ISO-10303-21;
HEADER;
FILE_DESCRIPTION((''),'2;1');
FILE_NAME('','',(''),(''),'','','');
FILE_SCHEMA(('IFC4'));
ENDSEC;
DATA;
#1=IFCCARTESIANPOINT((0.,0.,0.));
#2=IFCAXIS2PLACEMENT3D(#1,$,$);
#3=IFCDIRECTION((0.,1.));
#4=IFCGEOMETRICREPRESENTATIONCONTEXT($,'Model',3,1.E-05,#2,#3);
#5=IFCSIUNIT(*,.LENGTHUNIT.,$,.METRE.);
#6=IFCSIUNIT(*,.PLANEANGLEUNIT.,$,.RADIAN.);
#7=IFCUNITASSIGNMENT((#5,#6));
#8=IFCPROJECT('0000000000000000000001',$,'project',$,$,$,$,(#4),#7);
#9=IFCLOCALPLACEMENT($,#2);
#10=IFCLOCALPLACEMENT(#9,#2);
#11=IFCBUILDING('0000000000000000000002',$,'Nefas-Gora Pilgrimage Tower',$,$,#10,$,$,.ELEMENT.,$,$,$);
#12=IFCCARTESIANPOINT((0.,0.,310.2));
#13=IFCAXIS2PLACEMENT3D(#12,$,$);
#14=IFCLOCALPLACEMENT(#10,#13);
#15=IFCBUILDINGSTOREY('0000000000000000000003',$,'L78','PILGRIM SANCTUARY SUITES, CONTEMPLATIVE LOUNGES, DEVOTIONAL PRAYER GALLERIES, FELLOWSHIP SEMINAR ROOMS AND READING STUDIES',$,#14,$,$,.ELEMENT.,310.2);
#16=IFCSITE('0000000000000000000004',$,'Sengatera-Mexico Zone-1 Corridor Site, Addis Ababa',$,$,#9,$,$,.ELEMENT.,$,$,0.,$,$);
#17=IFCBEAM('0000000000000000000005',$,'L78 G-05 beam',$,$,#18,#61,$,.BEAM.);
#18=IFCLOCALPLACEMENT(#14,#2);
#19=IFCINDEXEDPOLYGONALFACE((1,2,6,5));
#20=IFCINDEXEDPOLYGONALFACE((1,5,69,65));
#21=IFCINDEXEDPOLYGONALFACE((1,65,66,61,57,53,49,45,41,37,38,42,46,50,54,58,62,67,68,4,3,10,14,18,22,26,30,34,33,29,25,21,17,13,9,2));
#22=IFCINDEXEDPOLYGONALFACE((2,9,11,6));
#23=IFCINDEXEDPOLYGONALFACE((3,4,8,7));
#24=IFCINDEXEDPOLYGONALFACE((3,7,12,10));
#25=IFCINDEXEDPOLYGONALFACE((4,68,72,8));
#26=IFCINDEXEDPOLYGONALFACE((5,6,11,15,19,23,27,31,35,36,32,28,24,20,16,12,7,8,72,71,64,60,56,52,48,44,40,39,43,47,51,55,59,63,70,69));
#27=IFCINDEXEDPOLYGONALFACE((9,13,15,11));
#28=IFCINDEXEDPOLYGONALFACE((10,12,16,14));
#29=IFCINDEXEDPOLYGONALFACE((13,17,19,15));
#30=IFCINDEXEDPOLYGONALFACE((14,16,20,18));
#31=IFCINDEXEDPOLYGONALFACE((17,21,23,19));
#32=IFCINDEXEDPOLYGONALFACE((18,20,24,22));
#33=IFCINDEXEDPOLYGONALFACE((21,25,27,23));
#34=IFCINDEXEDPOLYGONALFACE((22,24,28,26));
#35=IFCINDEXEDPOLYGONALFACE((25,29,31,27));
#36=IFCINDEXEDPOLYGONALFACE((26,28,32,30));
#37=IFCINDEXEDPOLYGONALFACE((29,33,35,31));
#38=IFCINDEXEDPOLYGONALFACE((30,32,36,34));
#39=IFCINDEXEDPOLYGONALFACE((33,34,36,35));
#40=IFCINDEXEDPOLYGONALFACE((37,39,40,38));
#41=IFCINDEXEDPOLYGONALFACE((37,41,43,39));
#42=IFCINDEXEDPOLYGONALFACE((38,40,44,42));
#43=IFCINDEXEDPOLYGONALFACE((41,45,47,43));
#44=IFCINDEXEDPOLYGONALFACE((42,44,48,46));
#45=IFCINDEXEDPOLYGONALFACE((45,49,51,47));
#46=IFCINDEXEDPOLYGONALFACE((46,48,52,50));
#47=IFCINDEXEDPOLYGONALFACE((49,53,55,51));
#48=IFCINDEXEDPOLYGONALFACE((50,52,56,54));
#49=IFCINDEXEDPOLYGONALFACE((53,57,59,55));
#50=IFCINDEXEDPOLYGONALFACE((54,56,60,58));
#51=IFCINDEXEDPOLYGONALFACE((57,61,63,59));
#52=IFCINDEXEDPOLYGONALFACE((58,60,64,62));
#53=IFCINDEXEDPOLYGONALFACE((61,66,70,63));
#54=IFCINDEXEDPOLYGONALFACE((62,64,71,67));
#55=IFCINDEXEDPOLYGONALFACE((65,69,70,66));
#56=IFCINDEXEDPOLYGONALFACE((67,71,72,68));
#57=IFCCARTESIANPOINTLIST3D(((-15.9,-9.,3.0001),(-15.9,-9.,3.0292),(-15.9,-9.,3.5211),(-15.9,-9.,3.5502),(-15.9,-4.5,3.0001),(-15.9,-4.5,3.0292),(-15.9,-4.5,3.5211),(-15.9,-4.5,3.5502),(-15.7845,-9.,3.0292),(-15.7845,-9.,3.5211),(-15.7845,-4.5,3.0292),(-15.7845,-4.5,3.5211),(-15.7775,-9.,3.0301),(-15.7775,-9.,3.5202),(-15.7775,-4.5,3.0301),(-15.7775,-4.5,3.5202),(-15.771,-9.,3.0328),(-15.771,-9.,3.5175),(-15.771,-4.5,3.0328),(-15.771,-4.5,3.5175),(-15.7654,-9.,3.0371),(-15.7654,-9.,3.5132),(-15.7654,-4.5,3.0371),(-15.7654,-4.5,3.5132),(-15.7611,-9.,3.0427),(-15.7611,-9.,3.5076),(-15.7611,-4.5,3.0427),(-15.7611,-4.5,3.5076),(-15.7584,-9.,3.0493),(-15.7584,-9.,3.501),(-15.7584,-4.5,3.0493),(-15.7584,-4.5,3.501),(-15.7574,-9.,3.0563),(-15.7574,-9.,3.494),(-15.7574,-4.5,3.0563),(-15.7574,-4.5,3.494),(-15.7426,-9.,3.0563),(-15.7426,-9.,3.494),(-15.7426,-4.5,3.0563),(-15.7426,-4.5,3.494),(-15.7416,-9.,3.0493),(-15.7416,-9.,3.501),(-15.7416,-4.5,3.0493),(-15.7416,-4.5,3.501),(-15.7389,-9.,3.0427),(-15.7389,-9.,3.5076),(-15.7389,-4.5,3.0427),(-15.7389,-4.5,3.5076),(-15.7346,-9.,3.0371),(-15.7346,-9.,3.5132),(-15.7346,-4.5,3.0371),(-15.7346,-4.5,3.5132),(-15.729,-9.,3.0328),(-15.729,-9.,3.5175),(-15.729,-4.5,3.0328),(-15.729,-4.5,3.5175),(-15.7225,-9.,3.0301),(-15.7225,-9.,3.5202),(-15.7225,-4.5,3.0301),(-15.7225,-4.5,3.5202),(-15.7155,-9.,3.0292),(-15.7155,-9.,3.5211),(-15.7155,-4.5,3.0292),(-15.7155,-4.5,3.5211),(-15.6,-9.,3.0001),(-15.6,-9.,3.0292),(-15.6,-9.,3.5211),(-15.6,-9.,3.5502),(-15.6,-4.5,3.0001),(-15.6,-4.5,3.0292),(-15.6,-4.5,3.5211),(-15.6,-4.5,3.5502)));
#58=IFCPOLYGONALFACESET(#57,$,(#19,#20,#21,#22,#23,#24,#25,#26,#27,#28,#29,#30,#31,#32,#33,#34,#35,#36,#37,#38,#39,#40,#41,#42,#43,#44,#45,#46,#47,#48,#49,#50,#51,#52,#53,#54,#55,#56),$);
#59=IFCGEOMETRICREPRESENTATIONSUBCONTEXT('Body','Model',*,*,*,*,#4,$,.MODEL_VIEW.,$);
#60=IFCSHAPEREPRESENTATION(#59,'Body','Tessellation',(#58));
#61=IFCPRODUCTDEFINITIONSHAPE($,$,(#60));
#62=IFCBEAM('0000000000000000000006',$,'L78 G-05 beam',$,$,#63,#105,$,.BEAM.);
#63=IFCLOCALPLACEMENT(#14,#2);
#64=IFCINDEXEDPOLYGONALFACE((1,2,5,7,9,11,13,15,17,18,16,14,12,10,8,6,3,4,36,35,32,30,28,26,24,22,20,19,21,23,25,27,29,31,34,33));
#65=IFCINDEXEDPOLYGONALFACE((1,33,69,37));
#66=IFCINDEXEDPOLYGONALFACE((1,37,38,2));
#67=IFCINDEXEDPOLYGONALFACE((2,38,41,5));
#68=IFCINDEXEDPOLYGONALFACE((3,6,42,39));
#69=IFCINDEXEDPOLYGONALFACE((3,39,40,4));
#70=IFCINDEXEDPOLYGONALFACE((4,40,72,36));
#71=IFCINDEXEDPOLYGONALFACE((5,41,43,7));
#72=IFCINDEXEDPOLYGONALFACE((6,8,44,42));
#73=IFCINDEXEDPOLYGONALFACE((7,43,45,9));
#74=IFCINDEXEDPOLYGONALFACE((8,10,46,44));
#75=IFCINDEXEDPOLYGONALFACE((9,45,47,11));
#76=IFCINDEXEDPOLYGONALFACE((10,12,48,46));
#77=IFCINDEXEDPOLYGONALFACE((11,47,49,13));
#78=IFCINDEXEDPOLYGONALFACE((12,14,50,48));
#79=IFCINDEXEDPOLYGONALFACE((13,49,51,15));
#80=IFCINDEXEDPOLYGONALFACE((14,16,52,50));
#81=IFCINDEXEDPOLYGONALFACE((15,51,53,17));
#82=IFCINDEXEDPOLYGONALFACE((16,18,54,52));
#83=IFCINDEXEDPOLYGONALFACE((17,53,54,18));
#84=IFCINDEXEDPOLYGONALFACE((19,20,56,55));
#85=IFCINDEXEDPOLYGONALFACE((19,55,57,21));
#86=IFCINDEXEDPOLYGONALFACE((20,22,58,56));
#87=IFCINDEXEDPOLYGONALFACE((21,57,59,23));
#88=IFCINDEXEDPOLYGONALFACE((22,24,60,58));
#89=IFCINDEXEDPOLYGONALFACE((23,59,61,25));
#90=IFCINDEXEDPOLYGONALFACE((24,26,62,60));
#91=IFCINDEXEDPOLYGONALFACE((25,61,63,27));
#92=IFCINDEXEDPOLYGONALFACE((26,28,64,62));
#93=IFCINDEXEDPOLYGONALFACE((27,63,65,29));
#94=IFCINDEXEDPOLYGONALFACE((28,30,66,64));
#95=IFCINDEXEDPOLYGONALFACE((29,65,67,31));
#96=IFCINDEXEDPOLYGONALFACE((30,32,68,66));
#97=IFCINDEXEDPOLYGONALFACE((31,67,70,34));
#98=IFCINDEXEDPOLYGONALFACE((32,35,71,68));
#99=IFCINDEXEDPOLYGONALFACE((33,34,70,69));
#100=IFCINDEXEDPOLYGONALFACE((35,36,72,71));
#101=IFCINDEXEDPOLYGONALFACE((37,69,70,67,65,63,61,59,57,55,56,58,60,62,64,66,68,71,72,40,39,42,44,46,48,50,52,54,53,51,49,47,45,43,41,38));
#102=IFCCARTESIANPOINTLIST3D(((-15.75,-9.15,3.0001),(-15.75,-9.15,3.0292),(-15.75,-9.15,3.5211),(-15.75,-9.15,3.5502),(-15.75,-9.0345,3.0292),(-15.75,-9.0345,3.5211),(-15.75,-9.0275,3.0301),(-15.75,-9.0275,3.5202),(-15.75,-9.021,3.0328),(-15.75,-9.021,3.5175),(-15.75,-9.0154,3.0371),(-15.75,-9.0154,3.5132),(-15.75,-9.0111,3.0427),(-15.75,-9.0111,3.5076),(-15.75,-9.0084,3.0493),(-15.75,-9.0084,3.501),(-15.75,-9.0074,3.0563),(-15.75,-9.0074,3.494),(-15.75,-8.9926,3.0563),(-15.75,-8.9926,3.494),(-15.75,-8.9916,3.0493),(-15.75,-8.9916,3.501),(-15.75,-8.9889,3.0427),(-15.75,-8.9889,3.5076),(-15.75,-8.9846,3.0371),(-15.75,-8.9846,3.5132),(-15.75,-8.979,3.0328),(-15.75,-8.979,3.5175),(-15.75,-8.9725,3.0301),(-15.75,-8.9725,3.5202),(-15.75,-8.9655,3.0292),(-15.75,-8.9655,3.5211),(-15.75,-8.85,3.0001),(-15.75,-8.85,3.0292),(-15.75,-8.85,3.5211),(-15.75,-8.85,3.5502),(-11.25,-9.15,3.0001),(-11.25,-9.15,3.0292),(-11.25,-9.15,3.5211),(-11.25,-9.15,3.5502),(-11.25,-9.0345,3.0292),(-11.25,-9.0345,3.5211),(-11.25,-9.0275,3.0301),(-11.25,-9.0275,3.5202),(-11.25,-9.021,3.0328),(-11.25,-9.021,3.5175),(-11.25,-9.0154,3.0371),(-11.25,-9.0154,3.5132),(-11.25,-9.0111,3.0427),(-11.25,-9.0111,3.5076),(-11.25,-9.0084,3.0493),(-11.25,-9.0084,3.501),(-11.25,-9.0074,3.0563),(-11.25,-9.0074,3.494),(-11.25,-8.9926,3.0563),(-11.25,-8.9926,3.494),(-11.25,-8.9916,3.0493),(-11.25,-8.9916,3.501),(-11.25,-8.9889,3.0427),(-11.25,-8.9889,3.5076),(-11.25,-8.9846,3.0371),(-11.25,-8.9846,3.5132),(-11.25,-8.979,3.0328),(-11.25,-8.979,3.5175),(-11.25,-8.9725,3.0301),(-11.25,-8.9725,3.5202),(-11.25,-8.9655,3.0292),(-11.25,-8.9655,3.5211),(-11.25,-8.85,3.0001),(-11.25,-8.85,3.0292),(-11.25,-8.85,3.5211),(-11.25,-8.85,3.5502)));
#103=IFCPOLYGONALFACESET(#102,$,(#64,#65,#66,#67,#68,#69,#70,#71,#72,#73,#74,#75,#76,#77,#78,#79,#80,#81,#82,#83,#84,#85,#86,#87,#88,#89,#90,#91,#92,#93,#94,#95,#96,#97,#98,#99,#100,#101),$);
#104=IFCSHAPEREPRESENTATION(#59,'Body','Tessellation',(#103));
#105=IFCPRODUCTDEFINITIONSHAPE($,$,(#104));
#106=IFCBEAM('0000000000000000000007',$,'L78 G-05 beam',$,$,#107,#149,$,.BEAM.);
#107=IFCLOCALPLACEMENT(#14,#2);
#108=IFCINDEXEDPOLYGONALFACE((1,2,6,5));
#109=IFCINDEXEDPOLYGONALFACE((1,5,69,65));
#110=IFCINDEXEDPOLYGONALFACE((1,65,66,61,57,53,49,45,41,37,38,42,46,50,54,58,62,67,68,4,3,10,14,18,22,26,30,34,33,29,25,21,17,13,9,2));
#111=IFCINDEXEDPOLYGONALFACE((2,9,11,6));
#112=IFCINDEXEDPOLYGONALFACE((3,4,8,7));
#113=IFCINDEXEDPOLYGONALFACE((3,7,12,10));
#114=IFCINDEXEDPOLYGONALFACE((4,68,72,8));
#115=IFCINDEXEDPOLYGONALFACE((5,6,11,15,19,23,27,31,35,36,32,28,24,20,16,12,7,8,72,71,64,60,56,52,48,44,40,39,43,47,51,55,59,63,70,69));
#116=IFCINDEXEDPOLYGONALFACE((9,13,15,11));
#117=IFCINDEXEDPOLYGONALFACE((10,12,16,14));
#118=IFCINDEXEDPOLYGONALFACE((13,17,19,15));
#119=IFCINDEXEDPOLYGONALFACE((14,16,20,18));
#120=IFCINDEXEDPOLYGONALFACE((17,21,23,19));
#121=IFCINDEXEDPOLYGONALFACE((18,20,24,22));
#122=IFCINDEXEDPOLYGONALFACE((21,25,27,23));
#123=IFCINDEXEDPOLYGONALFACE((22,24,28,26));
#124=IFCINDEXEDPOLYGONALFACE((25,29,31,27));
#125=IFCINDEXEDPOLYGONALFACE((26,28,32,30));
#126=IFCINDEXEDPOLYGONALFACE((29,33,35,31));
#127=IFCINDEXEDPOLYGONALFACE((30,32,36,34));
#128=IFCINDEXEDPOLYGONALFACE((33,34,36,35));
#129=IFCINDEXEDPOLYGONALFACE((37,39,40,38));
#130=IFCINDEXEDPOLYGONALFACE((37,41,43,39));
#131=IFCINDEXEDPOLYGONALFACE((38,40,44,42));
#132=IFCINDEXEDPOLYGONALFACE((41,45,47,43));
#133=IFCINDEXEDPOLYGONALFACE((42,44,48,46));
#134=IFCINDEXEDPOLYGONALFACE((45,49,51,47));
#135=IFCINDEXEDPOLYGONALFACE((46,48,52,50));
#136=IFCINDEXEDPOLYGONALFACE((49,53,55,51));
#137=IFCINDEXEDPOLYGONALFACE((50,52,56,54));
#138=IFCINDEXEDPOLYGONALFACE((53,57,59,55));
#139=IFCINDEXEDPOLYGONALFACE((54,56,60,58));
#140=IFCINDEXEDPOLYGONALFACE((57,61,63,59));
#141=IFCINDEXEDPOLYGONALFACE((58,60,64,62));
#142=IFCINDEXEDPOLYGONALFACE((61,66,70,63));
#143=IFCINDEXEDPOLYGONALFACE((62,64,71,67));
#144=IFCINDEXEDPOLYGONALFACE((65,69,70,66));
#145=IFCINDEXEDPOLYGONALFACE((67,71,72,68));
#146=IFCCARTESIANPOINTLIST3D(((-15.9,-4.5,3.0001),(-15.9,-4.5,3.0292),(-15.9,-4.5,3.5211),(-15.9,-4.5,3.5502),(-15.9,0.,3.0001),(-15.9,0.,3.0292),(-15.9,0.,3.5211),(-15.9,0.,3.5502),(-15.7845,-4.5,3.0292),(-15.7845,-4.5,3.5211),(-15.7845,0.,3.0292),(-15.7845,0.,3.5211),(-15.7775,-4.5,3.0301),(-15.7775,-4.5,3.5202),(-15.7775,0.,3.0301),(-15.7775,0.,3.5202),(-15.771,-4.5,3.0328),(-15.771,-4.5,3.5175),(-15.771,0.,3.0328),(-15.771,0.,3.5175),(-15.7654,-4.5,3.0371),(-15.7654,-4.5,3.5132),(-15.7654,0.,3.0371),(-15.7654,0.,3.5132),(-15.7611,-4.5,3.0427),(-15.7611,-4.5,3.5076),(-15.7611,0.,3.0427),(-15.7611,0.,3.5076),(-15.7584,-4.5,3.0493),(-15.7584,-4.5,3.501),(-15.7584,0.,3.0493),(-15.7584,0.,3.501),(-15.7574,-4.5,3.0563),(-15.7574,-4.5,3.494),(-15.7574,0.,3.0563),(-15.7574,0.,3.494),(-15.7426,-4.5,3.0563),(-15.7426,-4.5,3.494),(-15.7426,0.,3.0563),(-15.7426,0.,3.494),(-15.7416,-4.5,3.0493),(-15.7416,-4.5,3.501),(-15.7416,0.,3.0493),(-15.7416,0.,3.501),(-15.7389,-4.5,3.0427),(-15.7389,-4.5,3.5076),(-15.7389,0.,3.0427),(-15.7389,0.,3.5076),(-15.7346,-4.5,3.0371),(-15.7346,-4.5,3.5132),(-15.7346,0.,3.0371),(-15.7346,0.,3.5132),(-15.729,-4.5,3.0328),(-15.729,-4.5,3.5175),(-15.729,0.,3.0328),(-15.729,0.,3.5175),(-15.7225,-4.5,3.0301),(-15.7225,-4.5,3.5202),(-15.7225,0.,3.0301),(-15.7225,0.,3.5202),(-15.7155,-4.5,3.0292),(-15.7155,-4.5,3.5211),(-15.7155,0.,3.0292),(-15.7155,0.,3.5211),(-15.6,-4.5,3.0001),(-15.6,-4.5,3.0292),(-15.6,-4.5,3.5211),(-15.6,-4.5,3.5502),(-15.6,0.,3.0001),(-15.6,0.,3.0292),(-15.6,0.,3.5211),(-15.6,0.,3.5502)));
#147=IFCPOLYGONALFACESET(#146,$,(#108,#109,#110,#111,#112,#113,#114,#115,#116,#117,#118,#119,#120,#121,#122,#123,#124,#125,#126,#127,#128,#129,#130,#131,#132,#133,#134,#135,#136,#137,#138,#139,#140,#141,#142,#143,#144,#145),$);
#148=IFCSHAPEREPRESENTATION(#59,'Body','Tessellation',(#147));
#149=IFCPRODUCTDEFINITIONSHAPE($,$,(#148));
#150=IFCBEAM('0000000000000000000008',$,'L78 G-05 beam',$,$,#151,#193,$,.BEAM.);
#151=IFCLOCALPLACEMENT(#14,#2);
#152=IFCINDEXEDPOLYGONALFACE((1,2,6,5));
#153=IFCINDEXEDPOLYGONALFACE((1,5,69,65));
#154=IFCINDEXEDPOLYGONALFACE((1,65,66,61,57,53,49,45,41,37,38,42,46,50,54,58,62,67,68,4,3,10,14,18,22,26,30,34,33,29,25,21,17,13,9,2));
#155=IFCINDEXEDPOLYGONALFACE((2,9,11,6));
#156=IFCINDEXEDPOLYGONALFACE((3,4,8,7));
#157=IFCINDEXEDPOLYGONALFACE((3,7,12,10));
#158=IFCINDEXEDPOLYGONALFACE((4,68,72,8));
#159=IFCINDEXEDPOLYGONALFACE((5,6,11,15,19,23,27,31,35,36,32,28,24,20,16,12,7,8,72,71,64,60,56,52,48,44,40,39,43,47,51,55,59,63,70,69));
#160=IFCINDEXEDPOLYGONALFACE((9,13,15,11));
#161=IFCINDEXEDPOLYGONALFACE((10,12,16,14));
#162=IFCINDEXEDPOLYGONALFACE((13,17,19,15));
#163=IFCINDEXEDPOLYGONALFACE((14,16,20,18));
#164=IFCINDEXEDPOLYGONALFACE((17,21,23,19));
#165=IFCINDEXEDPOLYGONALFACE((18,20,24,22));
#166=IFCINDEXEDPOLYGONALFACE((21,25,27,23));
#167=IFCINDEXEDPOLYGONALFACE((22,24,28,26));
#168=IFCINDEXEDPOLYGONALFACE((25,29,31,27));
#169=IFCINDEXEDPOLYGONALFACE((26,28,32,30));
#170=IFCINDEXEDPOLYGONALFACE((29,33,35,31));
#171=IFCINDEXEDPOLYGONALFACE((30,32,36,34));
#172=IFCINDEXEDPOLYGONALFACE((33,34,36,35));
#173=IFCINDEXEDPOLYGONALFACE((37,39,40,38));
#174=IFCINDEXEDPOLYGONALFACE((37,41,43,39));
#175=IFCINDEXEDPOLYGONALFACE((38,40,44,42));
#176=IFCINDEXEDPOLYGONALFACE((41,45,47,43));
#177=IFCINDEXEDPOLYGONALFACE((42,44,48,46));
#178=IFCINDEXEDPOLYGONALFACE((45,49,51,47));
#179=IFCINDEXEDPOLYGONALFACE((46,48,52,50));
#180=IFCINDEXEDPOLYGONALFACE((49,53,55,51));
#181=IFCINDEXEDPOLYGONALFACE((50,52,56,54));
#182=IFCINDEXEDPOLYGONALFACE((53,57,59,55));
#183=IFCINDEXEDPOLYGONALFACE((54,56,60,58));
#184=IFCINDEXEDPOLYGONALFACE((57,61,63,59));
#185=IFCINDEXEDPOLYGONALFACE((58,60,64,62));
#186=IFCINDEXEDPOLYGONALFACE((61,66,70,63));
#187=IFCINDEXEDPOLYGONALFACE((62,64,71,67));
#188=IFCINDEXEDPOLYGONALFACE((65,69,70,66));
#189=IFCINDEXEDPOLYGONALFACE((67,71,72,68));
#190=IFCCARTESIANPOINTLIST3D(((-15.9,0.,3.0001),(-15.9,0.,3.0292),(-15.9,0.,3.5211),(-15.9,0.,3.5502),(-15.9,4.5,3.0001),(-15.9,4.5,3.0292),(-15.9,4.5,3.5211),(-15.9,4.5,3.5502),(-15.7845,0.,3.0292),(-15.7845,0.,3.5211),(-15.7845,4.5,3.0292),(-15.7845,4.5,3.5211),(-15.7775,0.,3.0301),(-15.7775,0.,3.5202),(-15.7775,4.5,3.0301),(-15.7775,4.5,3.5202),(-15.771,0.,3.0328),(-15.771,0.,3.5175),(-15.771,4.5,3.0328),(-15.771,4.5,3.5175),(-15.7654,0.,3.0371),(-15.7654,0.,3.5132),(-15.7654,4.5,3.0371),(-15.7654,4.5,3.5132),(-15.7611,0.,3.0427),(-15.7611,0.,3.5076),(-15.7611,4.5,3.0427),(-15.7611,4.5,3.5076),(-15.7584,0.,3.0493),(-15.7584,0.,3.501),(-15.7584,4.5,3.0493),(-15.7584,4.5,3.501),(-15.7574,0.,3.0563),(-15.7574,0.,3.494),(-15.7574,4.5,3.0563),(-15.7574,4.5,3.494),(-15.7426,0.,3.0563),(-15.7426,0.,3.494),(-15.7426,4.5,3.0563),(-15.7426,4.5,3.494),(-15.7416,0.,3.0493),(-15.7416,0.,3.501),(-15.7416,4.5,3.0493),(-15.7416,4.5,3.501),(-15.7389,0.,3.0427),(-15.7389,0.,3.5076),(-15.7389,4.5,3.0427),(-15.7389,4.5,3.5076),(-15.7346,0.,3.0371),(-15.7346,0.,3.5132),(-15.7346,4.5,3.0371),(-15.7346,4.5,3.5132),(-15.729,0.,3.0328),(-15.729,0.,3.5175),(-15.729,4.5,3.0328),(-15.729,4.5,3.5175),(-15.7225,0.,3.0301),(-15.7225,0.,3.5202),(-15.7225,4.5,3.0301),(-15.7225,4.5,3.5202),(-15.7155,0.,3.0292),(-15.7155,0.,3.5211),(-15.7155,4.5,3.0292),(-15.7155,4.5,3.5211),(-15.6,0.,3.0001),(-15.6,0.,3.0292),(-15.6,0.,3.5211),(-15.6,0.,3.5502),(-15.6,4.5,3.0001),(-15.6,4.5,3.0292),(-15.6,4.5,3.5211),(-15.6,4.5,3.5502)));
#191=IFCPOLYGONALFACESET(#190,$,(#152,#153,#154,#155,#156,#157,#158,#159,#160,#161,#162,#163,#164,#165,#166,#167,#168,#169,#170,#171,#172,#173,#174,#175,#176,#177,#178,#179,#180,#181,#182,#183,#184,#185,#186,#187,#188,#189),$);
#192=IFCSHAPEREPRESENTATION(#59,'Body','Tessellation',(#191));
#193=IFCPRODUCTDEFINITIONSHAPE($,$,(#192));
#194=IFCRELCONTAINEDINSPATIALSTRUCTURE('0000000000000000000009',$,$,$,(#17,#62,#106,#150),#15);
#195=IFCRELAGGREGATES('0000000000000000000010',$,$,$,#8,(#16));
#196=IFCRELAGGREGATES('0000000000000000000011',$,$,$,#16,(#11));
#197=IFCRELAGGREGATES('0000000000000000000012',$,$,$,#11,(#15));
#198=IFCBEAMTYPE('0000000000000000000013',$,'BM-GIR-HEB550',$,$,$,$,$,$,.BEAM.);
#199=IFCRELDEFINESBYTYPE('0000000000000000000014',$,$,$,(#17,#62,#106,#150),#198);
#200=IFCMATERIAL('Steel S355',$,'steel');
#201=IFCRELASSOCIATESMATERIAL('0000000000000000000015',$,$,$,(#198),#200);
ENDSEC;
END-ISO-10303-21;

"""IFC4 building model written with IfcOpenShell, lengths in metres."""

from ifc_helpers import new_model, si_unit, direction, frame, origin, origin_2d, place, context, subcontext, project, spatial, i_section, extrude, source, transform, mapped, material, material_profile, profile_set, type_object, element, save


model = new_model("IFC4")

# Units and contexts
model_context = context("Model", 3, precision=1e-05, world=origin(), true_north=direction((0.0, 1.0)))
body_context = subcontext(model_context, "Body", "Model", "MODEL_VIEW")
ifc_project = project(units=[si_unit("LENGTHUNIT", "METRE"), si_unit("PLANEANGLEUNIT", "RADIAN")], contexts=[model_context])

# Site, building, storey
site_placement = place(None, origin())
site = spatial("IfcSite", under=ifc_project, at=site_placement, Name="Sengatera-Mexico Zone-1 Corridor Site, Addis Ababa", CompositionType="ELEMENT", RefElevation=0.0)
building_placement = place(site_placement, origin())
building = spatial("IfcBuilding", under=site, at=building_placement, Name="Nefas-Gora Pilgrimage Tower", CompositionType="ELEMENT")
storey_placement = place(building_placement, frame((0.0, 0.0, 310.2)))
storey = spatial("IfcBuildingStorey", under=building, at=storey_placement, Name="L78", Description="PILGRIM SANCTUARY SUITES, CONTEMPLATIVE LOUNGES, DEVOTIONAL PRAYER GALLERIES, FELLOWSHIP SEMINAR ROOMS AND READING STUDIES", CompositionType="ELEMENT", Elevation=310.2)

# Shared definitions
ifc_material_1 = material(Name="Steel S355", Category="steel")

# Beams
ifc_material_profile_1 = material_profile(ifc_material_1, i_section(OverallWidth=0.3, OverallDepth=0.55, WebThickness=0.0149, FlangeThickness=0.0291, FilletRadius=0.0271, at=origin_2d()), Name="HEB 550")
ifc_profile_set_1 = profile_set([ifc_material_profile_1], Name="Steel S355")
beam_type_1 = type_object("IfcBeamType", Name="BM-GIR-HEB550", PredefinedType="BEAM", material=ifc_profile_set_1)
shared_shape_1 = source(origin(), body_context, "Body", "SweptSolid", [
    extrude(i_section(OverallWidth=0.3, OverallDepth=0.55, WebThickness=0.0149, FlangeThickness=0.0291, FilletRadius=0.0271, at=origin_2d()), origin(), (0.0, 0.0, 1.0), 4.5),
])
for number, where, z_axis, x_axis, name in (
    (1, (-15.75, -9.0, 3.2751), (0.0, 1.0, 0.0), (-1.0, 0.0, 0.0), "L78 G-05 beam"),
    (2, (-15.75, -9.0, 3.2751), (1.0, 0.0, 0.0), (0.0, 1.0, 0.0), "L78 G-05 beam"),
    (3, (-15.75, -4.5, 3.2751), (0.0, 1.0, 0.0), (-1.0, 0.0, 0.0), "L78 G-05 beam"),
    (4, (-15.75, 0.0, 3.2751), (0.0, 1.0, 0.0), (-1.0, 0.0, 0.0), "L78 G-05 beam"),
):
    element("IfcBeam", number, at=place(storey_placement, frame(where, z_axis=z_axis, x_axis=x_axis)), inside=storey, type_object=beam_type_1, Name=name, PredefinedType="BEAM", context=body_context, shape_type="MappedRepresentation", body=[
        mapped(shared_shape_1, transform((0.0, 0.0, 0.0), x_axis=(1.0, 0.0, 0.0), y_axis=(0.0, 1.0, 0.0), z_axis=(0.0, 0.0, 1.0), scale=1.0)),
    ])

save(model, "model.ifc")
